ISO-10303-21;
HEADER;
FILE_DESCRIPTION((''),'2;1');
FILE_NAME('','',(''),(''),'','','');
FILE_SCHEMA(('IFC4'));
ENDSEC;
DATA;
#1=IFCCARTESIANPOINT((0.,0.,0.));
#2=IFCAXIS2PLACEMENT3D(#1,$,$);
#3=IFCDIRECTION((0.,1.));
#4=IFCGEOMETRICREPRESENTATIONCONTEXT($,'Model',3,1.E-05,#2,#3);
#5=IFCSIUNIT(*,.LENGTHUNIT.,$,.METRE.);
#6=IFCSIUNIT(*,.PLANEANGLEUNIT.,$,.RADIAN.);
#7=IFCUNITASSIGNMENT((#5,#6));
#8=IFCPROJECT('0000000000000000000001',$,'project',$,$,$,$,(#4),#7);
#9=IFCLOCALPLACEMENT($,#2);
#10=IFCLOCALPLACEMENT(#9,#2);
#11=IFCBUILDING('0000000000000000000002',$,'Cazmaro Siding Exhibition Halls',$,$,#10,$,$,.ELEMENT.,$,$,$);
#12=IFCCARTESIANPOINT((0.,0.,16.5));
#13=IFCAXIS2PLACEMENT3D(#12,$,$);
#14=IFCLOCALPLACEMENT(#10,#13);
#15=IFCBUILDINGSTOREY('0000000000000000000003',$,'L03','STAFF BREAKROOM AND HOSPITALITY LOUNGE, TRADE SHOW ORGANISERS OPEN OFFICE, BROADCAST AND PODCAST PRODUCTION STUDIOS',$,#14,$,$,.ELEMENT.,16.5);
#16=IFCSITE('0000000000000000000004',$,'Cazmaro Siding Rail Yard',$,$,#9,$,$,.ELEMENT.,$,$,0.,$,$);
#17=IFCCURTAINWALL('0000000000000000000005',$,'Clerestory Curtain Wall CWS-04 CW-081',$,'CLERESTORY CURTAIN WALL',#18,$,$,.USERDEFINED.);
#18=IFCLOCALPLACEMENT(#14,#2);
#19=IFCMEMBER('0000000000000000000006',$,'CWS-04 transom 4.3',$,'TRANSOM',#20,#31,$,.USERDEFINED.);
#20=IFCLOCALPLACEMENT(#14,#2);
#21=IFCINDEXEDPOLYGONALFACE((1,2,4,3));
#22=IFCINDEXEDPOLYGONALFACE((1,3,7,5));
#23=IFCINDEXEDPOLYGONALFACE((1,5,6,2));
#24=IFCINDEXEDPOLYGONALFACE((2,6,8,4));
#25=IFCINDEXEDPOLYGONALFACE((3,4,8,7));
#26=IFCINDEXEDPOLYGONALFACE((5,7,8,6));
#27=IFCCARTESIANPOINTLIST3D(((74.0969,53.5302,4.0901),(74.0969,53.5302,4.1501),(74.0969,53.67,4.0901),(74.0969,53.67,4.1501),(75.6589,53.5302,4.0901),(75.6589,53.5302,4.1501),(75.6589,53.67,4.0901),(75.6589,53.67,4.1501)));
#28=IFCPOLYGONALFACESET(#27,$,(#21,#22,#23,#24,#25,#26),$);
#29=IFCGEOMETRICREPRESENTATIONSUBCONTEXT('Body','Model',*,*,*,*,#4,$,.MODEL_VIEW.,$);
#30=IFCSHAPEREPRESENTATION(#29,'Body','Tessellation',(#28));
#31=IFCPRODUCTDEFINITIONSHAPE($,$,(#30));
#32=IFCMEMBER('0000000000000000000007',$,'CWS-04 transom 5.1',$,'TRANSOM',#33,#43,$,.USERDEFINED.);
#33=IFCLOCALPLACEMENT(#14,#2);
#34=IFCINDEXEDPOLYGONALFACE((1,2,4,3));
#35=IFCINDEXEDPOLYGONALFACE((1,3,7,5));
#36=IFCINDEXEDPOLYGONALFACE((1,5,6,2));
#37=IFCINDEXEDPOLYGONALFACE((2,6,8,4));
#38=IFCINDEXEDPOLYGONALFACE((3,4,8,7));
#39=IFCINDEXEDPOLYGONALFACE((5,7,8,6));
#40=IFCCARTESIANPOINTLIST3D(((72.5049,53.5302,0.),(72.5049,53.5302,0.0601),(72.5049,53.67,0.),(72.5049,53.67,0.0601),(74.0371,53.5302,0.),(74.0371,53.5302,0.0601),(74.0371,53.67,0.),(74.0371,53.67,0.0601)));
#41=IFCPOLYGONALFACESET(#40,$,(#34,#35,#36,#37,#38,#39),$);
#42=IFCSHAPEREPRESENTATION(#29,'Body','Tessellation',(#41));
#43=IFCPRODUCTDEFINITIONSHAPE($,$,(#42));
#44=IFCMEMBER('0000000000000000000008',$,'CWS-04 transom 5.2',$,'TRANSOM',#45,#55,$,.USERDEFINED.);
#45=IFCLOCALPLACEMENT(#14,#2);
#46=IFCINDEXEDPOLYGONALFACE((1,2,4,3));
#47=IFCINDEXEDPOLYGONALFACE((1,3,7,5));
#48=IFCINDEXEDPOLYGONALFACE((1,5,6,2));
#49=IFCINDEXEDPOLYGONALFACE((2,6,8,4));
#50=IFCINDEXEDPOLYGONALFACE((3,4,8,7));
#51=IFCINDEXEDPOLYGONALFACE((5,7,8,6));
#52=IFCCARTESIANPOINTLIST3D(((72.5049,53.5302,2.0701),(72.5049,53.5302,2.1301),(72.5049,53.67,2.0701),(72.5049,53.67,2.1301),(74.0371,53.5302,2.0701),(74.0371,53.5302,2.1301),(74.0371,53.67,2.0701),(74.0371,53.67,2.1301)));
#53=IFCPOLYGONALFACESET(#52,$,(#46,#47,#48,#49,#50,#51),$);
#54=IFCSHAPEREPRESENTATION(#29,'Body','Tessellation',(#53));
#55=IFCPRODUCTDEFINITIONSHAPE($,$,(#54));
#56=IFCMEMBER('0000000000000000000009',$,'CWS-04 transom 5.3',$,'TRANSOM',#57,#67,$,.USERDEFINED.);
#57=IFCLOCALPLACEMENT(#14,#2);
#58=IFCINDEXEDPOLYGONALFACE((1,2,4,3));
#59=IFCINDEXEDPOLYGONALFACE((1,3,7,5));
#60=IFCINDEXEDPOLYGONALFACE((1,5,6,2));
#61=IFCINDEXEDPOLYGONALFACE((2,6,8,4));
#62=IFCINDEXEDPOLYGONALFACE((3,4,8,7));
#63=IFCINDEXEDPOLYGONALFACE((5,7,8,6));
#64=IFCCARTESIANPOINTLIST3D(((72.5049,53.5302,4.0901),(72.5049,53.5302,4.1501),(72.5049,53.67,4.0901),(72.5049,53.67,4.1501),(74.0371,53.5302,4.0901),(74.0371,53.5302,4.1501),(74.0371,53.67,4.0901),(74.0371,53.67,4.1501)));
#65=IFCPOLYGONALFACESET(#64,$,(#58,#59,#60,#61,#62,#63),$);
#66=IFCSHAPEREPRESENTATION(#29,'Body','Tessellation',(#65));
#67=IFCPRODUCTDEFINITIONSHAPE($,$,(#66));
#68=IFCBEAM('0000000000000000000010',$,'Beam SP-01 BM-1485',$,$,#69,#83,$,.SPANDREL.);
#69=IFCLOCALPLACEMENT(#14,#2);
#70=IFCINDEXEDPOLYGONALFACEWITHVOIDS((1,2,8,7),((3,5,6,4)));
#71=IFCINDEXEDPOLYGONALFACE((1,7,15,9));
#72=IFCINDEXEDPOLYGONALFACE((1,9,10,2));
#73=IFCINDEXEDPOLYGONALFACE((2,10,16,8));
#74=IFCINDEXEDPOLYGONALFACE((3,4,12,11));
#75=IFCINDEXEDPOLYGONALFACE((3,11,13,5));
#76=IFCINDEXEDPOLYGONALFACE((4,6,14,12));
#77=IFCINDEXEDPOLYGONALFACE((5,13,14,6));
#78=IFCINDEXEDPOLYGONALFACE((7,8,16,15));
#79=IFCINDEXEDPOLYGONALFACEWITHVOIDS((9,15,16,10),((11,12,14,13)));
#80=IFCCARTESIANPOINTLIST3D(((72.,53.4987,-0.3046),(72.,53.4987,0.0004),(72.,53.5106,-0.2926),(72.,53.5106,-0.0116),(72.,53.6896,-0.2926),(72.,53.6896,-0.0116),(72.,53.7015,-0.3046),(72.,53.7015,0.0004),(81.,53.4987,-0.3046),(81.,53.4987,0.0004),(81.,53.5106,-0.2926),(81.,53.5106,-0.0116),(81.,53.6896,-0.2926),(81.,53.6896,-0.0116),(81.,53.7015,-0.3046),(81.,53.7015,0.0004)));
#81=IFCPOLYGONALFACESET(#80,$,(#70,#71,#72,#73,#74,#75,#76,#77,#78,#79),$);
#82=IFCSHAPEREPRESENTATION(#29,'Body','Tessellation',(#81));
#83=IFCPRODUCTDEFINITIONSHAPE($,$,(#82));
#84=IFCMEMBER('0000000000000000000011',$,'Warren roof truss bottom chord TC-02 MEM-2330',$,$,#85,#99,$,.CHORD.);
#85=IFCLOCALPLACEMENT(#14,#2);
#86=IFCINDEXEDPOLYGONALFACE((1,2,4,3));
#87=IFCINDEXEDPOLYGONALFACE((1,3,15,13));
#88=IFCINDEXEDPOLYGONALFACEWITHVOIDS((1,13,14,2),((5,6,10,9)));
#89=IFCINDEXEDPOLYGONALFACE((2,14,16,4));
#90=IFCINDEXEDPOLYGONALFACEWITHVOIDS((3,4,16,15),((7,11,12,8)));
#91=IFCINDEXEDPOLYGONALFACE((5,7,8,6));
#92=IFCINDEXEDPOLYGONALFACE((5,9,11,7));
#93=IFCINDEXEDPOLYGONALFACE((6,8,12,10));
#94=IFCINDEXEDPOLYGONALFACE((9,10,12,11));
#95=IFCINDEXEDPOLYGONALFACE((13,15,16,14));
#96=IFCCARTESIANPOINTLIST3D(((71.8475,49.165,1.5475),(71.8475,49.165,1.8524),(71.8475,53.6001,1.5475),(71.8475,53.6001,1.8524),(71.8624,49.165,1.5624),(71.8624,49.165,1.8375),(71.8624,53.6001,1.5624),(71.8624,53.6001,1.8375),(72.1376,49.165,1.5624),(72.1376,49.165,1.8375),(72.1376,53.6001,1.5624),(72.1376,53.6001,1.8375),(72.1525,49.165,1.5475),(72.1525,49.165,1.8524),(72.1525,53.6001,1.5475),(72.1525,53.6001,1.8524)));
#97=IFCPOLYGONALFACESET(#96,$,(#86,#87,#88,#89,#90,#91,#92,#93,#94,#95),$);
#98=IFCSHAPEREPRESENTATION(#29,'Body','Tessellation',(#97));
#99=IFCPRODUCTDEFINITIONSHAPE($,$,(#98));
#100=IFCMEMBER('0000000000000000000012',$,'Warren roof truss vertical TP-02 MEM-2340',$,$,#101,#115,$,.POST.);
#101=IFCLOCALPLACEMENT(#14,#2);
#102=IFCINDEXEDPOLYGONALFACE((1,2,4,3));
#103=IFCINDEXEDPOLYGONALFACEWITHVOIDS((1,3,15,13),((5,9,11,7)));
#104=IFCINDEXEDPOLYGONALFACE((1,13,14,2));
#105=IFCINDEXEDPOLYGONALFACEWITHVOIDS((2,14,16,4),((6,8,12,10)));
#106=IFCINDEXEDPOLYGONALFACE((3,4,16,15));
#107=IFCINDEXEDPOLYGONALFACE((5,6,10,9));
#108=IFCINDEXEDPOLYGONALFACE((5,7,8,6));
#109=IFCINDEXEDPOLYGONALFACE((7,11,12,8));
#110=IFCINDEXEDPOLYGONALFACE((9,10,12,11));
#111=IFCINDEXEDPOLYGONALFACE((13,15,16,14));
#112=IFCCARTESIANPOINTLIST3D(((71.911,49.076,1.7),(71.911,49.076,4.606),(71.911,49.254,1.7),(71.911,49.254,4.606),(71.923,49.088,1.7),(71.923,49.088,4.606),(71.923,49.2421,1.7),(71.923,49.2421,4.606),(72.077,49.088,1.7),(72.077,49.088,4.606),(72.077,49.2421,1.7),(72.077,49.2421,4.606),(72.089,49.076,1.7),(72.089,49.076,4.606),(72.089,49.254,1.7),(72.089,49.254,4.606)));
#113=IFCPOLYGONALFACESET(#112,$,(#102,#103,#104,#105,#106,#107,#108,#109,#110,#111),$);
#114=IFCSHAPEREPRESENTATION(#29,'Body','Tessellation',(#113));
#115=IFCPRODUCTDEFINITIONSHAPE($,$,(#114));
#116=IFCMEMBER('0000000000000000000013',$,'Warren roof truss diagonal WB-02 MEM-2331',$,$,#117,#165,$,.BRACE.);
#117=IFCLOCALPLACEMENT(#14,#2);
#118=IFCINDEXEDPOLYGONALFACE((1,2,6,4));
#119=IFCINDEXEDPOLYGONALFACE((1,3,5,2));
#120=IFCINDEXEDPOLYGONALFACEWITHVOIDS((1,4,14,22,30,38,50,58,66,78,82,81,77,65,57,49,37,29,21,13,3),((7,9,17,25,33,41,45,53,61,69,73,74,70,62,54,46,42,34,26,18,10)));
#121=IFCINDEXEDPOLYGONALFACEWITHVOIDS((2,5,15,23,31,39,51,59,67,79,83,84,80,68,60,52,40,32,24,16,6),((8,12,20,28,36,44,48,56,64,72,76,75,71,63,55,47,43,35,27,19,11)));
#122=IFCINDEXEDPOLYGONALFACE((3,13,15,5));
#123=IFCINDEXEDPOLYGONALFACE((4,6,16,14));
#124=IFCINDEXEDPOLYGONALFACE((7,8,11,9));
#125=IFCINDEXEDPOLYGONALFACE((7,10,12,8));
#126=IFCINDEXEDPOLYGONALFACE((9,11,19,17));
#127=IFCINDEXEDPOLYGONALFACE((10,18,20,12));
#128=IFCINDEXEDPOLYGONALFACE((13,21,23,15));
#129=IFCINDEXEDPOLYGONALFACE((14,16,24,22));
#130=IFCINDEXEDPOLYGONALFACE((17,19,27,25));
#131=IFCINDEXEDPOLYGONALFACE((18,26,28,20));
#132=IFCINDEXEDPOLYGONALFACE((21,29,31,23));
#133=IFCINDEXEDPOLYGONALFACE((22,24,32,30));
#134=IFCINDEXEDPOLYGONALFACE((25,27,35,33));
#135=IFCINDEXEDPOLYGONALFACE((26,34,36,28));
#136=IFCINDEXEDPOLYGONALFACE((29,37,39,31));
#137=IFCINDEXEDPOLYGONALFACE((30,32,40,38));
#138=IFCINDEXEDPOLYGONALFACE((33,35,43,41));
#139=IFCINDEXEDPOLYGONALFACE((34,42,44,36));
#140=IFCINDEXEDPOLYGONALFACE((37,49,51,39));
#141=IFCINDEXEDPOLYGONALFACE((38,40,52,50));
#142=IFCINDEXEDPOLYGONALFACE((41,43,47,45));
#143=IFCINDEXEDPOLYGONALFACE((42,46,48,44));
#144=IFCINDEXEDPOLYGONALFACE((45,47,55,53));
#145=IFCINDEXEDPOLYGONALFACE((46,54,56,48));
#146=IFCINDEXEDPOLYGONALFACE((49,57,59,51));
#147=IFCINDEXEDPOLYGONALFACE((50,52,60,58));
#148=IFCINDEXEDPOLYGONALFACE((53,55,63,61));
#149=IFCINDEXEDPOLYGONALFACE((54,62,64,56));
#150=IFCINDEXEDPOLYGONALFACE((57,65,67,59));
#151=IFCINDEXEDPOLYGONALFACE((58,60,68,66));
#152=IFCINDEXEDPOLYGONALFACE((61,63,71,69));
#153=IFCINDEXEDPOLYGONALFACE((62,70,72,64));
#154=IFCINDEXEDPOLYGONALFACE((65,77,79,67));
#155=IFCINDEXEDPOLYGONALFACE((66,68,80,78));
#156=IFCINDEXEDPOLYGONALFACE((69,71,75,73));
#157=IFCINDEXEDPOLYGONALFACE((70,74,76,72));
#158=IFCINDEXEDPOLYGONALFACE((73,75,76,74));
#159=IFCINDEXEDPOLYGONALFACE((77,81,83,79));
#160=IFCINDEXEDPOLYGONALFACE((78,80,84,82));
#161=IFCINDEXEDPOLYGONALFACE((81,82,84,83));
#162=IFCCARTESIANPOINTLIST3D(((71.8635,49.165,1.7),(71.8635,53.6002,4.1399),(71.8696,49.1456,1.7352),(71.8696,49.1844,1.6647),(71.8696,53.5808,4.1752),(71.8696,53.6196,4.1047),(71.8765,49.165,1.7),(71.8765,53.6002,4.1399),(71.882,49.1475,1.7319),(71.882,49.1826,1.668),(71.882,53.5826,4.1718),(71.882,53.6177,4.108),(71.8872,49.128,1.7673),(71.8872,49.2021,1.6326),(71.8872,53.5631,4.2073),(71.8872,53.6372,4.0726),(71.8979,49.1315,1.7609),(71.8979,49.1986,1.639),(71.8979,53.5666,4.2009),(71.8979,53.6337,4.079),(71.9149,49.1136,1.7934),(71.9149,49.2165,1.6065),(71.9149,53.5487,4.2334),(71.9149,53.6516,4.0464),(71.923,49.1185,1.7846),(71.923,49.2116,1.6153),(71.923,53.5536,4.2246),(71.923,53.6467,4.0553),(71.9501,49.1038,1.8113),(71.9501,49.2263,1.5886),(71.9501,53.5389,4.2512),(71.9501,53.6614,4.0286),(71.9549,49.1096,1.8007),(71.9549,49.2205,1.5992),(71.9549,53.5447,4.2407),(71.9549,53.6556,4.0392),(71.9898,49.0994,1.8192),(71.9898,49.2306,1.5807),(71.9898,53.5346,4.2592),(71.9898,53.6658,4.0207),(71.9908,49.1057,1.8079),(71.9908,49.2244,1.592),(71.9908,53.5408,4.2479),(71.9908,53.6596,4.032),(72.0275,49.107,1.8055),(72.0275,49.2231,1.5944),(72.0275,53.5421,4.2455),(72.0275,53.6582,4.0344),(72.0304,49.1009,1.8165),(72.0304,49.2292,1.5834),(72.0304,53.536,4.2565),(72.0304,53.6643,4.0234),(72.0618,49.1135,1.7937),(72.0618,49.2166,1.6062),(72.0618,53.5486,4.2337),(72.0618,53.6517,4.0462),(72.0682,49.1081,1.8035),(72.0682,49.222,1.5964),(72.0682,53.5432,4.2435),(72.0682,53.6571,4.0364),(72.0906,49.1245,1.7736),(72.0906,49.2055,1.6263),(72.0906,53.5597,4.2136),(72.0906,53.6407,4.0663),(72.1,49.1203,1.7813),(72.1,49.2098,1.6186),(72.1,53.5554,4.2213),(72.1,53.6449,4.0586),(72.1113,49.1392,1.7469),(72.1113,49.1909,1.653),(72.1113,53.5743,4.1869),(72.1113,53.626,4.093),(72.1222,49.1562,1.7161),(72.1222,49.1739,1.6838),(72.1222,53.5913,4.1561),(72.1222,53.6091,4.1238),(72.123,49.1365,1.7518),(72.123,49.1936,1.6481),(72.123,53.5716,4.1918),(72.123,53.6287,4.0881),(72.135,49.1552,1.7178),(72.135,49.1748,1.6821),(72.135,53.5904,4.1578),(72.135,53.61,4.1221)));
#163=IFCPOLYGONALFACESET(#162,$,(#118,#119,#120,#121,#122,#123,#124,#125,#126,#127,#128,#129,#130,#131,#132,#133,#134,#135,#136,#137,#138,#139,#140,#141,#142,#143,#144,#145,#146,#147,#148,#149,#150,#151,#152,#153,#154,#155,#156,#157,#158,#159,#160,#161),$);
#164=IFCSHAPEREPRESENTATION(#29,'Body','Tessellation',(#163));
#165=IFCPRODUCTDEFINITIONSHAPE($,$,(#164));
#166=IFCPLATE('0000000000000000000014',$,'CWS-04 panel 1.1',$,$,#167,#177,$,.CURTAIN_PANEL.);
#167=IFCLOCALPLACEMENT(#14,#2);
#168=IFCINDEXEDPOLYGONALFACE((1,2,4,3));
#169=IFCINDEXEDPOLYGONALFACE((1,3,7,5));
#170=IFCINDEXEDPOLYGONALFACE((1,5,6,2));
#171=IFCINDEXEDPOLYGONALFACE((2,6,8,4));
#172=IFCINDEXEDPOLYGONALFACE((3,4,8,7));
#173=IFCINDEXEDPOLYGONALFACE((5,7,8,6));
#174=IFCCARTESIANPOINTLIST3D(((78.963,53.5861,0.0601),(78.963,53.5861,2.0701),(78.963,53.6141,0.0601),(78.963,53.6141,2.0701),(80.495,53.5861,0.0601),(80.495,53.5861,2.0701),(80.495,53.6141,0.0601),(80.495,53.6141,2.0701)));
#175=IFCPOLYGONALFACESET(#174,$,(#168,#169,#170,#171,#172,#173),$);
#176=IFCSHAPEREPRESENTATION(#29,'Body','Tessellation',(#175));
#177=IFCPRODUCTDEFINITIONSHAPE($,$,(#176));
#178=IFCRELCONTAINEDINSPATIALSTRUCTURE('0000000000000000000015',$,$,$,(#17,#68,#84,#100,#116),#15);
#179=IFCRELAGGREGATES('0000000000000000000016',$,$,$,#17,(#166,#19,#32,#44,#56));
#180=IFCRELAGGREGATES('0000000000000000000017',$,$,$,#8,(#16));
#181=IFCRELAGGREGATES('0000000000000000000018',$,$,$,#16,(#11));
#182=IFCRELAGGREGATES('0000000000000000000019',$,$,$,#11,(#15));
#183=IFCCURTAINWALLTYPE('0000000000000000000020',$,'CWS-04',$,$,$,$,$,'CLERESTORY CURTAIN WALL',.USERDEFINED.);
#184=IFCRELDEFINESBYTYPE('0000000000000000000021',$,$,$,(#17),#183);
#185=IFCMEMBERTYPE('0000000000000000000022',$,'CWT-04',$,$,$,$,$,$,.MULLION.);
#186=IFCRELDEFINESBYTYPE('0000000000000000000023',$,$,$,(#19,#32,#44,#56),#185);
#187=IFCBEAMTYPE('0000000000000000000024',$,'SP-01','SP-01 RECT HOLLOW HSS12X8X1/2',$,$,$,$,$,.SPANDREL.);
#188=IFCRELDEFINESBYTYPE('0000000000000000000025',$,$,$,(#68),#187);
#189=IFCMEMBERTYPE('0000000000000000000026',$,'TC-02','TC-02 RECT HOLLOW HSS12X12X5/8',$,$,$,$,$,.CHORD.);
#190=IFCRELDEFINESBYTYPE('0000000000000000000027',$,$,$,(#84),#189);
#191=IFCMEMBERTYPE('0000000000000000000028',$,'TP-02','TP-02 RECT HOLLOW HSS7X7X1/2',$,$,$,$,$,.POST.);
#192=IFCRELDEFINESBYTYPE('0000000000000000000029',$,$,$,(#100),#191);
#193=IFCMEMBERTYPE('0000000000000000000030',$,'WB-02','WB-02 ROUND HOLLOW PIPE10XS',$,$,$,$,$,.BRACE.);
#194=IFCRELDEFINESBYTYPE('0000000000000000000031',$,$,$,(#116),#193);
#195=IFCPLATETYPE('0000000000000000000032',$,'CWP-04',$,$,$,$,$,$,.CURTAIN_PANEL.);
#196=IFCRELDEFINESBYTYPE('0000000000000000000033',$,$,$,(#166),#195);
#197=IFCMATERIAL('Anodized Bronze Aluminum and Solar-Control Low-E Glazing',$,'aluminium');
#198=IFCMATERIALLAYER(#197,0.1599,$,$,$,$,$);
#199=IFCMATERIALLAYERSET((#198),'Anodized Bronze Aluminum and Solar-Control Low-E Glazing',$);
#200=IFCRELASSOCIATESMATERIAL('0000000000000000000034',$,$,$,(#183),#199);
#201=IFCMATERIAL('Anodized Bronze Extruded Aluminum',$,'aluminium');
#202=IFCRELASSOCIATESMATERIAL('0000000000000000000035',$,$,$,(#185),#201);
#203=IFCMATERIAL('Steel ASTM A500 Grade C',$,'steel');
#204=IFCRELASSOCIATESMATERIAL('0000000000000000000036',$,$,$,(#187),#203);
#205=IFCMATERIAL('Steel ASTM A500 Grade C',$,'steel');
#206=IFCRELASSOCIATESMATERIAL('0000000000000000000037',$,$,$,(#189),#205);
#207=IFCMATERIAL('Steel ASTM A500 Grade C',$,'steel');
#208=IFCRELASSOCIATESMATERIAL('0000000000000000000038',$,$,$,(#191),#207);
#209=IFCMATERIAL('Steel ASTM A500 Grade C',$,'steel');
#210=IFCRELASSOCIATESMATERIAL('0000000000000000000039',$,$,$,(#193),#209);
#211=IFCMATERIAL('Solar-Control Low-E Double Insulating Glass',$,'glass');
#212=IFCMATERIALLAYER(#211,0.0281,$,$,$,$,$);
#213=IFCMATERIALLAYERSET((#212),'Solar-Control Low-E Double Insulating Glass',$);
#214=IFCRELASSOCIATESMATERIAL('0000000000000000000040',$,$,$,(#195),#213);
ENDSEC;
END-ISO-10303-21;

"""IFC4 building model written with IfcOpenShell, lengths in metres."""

from ifc_helpers import new_model, si_unit, direction, frame, origin, origin_2d, place, context, subcontext, project, spatial, rectangle, hollow_rectangle, hollow_circle, extrude, material, layer, layer_set, material_profile, profile_set, type_object, element, aggregate, save


model = new_model("IFC4")

# Units and contexts
model_context = context("Model", 3, precision=1e-05, world=origin(), true_north=direction((0.0, 1.0)))
body_context = subcontext(model_context, "Body", "Model", "MODEL_VIEW")
ifc_project = project(units=[si_unit("LENGTHUNIT", "METRE"), si_unit("PLANEANGLEUNIT", "RADIAN")], contexts=[model_context])

# Site, building, storey
site_placement = place(None, origin())
site = spatial("IfcSite", under=ifc_project, at=site_placement, Name="Cazmaro Siding Rail Yard", CompositionType="ELEMENT", RefElevation=0.0)
building_placement = place(site_placement, origin())
building = spatial("IfcBuilding", under=site, at=building_placement, Name="Cazmaro Siding Exhibition Halls", CompositionType="ELEMENT")
storey_placement = place(building_placement, frame((0.0, 0.0, 16.5)))
storey = spatial("IfcBuildingStorey", under=building, at=storey_placement, Name="L03", Description="STAFF BREAKROOM AND HOSPITALITY LOUNGE, TRADE SHOW ORGANISERS OPEN OFFICE, BROADCAST AND PODCAST PRODUCTION STUDIOS", CompositionType="ELEMENT", Elevation=16.5)

# Curtain wall, members
ifc_material_1 = material(Name="Anodized Bronze Aluminum and Solar-Control Low-E Glazing", Category="aluminium")
ifc_layer_1 = layer(ifc_material_1, 0.1599)
ifc_layer_set_1 = layer_set([ifc_layer_1], Name="Anodized Bronze Aluminum and Solar-Control Low-E Glazing")
curtain_wall_type = type_object("IfcCurtainWallType", Name="CWS-04", ElementType="CLERESTORY CURTAIN WALL", PredefinedType="USERDEFINED", material=ifc_layer_set_1)
curtain_wall_placement = place(storey_placement, origin())
curtain_wall = element("IfcCurtainWall", 1, at=curtain_wall_placement, inside=storey, type_object=curtain_wall_type, Name="Clerestory Curtain Wall CWS-04 CW-081", ObjectType="CLERESTORY CURTAIN WALL", PredefinedType="USERDEFINED")
ifc_material_2 = material(Name="Anodized Bronze Extruded Aluminum", Category="aluminium")
ifc_material_profile_1 = material_profile(ifc_material_2, rectangle(XDim=0.1399, YDim=0.0601, at=origin_2d()), Name="CWT-04")
ifc_profile_set_1 = profile_set([ifc_material_profile_1], Name="Anodized Bronze Extruded Aluminum")
member_type_1 = type_object("IfcMemberType", Name="CWT-04", PredefinedType="MULLION", material=ifc_profile_set_1)
member_1_placement = place(storey_placement, frame((75.6589, 53.6001, 4.1201), z_axis=(-1.0, 0.0, 0.0), x_axis=(0.0, -1.0, 0.0)))
member_1 = element("IfcMember", 2, at=member_1_placement, type_object=member_type_1, Name="CWS-04 transom 4.3", ObjectType="TRANSOM", PredefinedType="USERDEFINED", context=body_context, shape_type="SweptSolid", body=[
    extrude(rectangle(XDim=0.1399, YDim=0.0601, at=origin_2d()), origin(), (0.0, 0.0, 1.0), 1.562),
])
member_2_placement = place(storey_placement, frame((74.0371, 53.6001, 0.03), z_axis=(-1.0, 0.0, 0.0), x_axis=(0.0, -1.0, 0.0)))
member_2 = element("IfcMember", 3, at=member_2_placement, type_object=member_type_1, Name="CWS-04 transom 5.1", ObjectType="TRANSOM", PredefinedType="USERDEFINED", context=body_context, shape_type="SweptSolid", body=[
    extrude(rectangle(XDim=0.1399, YDim=0.0601, at=origin_2d()), origin(), (0.0, 0.0, 1.0), 1.5322),
])
member_3_placement = place(storey_placement, frame((74.0371, 53.6001, 2.1001), z_axis=(-1.0, 0.0, 0.0), x_axis=(0.0, -1.0, 0.0)))
member_3 = element("IfcMember", 4, at=member_3_placement, type_object=member_type_1, Name="CWS-04 transom 5.2", ObjectType="TRANSOM", PredefinedType="USERDEFINED", context=body_context, shape_type="SweptSolid", body=[
    extrude(rectangle(XDim=0.1399, YDim=0.0601, at=origin_2d()), origin(), (0.0, 0.0, 1.0), 1.5322),
])
member_4_placement = place(storey_placement, frame((74.0371, 53.6001, 4.1201), z_axis=(-1.0, 0.0, 0.0), x_axis=(0.0, -1.0, 0.0)))
member_4 = element("IfcMember", 5, at=member_4_placement, type_object=member_type_1, Name="CWS-04 transom 5.3", ObjectType="TRANSOM", PredefinedType="USERDEFINED", context=body_context, shape_type="SweptSolid", body=[
    extrude(rectangle(XDim=0.1399, YDim=0.0601, at=origin_2d()), origin(), (0.0, 0.0, 1.0), 1.5322),
])

# Beam
ifc_material_3 = material(Name="Steel ASTM A500 Grade C", Category="steel")
ifc_material_profile_2 = material_profile(ifc_material_3, hollow_rectangle(XDim=0.2029, YDim=0.3049, WallThickness=0.012, at=origin_2d()), Name="HSS12X8X1/2")
ifc_profile_set_2 = profile_set([ifc_material_profile_2], Name="Steel ASTM A500 Grade C")
beam_type = type_object("IfcBeamType", Name="SP-01", Description="SP-01 RECT HOLLOW HSS12X8X1/2", PredefinedType="SPANDREL", material=ifc_profile_set_2)
beam_placement = place(storey_placement, frame((72.0, 53.6001, -0.1521), z_axis=(1.0, 0.0, 0.0), x_axis=(0.0, 1.0, 0.0)))
element("IfcBeam", 6, at=beam_placement, inside=storey, type_object=beam_type, Name="Beam SP-01 BM-1485", PredefinedType="SPANDREL", context=body_context, shape_type="SweptSolid", body=[
    extrude(hollow_rectangle(XDim=0.2029, YDim=0.3049, WallThickness=0.012, at=origin_2d()), origin(), (0.0, 0.0, 1.0), 9.0),
])

# Members
ifc_material_4 = material(Name="Steel ASTM A500 Grade C", Category="steel")
ifc_material_profile_3 = material_profile(ifc_material_4, hollow_rectangle(XDim=0.3049, YDim=0.3049, WallThickness=0.0149, at=origin_2d()), Name="HSS12X12X5/8")
ifc_profile_set_3 = profile_set([ifc_material_profile_3], Name="Steel ASTM A500 Grade C")
member_type_2 = type_object("IfcMemberType", Name="TC-02", Description="TC-02 RECT HOLLOW HSS12X12X5/8", PredefinedType="CHORD", material=ifc_profile_set_3)
member_5_placement = place(storey_placement, frame((72.0, 49.165, 1.7), z_axis=(0.0, 1.0, 0.0), x_axis=(-1.0, 0.0, 0.0)))
element("IfcMember", 7, at=member_5_placement, inside=storey, type_object=member_type_2, Name="Warren roof truss bottom chord TC-02 MEM-2330", PredefinedType="CHORD", context=body_context, shape_type="SweptSolid", body=[
    extrude(hollow_rectangle(XDim=0.3049, YDim=0.3049, WallThickness=0.0149, at=origin_2d()), origin(), (0.0, 0.0, 1.0), 4.4351),
])
ifc_material_5 = material(Name="Steel ASTM A500 Grade C", Category="steel")
ifc_material_profile_4 = material_profile(ifc_material_5, hollow_rectangle(XDim=0.178, YDim=0.178, WallThickness=0.012, at=origin_2d()), Name="HSS7X7X1/2")
ifc_profile_set_4 = profile_set([ifc_material_profile_4], Name="Steel ASTM A500 Grade C")
member_type_3 = type_object("IfcMemberType", Name="TP-02", Description="TP-02 RECT HOLLOW HSS7X7X1/2", PredefinedType="POST", material=ifc_profile_set_4)
member_6_placement = place(storey_placement, frame((72.0, 49.165, 1.7), z_axis=(0.0, 0.0, 1.0), x_axis=(1.0, 0.0, 0.0)))
element("IfcMember", 8, at=member_6_placement, inside=storey, type_object=member_type_3, Name="Warren roof truss vertical TP-02 MEM-2340", PredefinedType="POST", context=body_context, shape_type="SweptSolid", body=[
    extrude(hollow_rectangle(XDim=0.178, YDim=0.178, WallThickness=0.012, at=origin_2d()), origin(), (0.0, 0.0, 1.0), 2.906),
])
ifc_material_6 = material(Name="Steel ASTM A500 Grade C", Category="steel")
ifc_material_profile_5 = material_profile(ifc_material_6, hollow_circle(Radius=0.1365, WallThickness=0.0129, at=origin_2d()), Name="PIPE10XS")
ifc_profile_set_5 = profile_set([ifc_material_profile_5], Name="Steel ASTM A500 Grade C")
member_type_4 = type_object("IfcMemberType", Name="WB-02", Description="WB-02 ROUND HOLLOW PIPE10XS", PredefinedType="BRACE", material=ifc_profile_set_5)
member_7_placement = place(storey_placement, frame((72.0, 49.165, 1.7), z_axis=(0.0, 0.876161, 0.482019), x_axis=(-1.0, 0.0, 0.0)))
element("IfcMember", 9, at=member_7_placement, inside=storey, type_object=member_type_4, Name="Warren roof truss diagonal WB-02 MEM-2331", PredefinedType="BRACE", context=body_context, shape_type="SweptSolid", body=[
    extrude(hollow_circle(Radius=0.1365, WallThickness=0.0129, at=origin_2d()), origin(), (0.0, 0.0, 1.0), 5.062),
])

# Plate
ifc_material_7 = material(Name="Solar-Control Low-E Double Insulating Glass", Category="glass")
ifc_layer_2 = layer(ifc_material_7, 0.0281)
ifc_layer_set_2 = layer_set([ifc_layer_2], Name="Solar-Control Low-E Double Insulating Glass")
plate_type = type_object("IfcPlateType", Name="CWP-04", PredefinedType="CURTAIN_PANEL", material=ifc_layer_set_2)
plate_1_placement = place(storey_placement, frame((79.729, 53.6001, 0.0601), z_axis=(0.0, 0.0, 1.0), x_axis=(-1.0, 0.0, 0.0)))
plate_1 = element("IfcPlate", 10, at=plate_1_placement, type_object=plate_type, Name="CWS-04 panel 1.1", PredefinedType="CURTAIN_PANEL", context=body_context, shape_type="SweptSolid", body=[
    extrude(rectangle(XDim=1.532, YDim=0.0281, at=origin_2d()), origin(), (0.0, 0.0, 1.0), 2.01),
])
aggregate(curtain_wall, [plate_1, member_1, member_2, member_3, member_4])

save(model, "model.ifc")
